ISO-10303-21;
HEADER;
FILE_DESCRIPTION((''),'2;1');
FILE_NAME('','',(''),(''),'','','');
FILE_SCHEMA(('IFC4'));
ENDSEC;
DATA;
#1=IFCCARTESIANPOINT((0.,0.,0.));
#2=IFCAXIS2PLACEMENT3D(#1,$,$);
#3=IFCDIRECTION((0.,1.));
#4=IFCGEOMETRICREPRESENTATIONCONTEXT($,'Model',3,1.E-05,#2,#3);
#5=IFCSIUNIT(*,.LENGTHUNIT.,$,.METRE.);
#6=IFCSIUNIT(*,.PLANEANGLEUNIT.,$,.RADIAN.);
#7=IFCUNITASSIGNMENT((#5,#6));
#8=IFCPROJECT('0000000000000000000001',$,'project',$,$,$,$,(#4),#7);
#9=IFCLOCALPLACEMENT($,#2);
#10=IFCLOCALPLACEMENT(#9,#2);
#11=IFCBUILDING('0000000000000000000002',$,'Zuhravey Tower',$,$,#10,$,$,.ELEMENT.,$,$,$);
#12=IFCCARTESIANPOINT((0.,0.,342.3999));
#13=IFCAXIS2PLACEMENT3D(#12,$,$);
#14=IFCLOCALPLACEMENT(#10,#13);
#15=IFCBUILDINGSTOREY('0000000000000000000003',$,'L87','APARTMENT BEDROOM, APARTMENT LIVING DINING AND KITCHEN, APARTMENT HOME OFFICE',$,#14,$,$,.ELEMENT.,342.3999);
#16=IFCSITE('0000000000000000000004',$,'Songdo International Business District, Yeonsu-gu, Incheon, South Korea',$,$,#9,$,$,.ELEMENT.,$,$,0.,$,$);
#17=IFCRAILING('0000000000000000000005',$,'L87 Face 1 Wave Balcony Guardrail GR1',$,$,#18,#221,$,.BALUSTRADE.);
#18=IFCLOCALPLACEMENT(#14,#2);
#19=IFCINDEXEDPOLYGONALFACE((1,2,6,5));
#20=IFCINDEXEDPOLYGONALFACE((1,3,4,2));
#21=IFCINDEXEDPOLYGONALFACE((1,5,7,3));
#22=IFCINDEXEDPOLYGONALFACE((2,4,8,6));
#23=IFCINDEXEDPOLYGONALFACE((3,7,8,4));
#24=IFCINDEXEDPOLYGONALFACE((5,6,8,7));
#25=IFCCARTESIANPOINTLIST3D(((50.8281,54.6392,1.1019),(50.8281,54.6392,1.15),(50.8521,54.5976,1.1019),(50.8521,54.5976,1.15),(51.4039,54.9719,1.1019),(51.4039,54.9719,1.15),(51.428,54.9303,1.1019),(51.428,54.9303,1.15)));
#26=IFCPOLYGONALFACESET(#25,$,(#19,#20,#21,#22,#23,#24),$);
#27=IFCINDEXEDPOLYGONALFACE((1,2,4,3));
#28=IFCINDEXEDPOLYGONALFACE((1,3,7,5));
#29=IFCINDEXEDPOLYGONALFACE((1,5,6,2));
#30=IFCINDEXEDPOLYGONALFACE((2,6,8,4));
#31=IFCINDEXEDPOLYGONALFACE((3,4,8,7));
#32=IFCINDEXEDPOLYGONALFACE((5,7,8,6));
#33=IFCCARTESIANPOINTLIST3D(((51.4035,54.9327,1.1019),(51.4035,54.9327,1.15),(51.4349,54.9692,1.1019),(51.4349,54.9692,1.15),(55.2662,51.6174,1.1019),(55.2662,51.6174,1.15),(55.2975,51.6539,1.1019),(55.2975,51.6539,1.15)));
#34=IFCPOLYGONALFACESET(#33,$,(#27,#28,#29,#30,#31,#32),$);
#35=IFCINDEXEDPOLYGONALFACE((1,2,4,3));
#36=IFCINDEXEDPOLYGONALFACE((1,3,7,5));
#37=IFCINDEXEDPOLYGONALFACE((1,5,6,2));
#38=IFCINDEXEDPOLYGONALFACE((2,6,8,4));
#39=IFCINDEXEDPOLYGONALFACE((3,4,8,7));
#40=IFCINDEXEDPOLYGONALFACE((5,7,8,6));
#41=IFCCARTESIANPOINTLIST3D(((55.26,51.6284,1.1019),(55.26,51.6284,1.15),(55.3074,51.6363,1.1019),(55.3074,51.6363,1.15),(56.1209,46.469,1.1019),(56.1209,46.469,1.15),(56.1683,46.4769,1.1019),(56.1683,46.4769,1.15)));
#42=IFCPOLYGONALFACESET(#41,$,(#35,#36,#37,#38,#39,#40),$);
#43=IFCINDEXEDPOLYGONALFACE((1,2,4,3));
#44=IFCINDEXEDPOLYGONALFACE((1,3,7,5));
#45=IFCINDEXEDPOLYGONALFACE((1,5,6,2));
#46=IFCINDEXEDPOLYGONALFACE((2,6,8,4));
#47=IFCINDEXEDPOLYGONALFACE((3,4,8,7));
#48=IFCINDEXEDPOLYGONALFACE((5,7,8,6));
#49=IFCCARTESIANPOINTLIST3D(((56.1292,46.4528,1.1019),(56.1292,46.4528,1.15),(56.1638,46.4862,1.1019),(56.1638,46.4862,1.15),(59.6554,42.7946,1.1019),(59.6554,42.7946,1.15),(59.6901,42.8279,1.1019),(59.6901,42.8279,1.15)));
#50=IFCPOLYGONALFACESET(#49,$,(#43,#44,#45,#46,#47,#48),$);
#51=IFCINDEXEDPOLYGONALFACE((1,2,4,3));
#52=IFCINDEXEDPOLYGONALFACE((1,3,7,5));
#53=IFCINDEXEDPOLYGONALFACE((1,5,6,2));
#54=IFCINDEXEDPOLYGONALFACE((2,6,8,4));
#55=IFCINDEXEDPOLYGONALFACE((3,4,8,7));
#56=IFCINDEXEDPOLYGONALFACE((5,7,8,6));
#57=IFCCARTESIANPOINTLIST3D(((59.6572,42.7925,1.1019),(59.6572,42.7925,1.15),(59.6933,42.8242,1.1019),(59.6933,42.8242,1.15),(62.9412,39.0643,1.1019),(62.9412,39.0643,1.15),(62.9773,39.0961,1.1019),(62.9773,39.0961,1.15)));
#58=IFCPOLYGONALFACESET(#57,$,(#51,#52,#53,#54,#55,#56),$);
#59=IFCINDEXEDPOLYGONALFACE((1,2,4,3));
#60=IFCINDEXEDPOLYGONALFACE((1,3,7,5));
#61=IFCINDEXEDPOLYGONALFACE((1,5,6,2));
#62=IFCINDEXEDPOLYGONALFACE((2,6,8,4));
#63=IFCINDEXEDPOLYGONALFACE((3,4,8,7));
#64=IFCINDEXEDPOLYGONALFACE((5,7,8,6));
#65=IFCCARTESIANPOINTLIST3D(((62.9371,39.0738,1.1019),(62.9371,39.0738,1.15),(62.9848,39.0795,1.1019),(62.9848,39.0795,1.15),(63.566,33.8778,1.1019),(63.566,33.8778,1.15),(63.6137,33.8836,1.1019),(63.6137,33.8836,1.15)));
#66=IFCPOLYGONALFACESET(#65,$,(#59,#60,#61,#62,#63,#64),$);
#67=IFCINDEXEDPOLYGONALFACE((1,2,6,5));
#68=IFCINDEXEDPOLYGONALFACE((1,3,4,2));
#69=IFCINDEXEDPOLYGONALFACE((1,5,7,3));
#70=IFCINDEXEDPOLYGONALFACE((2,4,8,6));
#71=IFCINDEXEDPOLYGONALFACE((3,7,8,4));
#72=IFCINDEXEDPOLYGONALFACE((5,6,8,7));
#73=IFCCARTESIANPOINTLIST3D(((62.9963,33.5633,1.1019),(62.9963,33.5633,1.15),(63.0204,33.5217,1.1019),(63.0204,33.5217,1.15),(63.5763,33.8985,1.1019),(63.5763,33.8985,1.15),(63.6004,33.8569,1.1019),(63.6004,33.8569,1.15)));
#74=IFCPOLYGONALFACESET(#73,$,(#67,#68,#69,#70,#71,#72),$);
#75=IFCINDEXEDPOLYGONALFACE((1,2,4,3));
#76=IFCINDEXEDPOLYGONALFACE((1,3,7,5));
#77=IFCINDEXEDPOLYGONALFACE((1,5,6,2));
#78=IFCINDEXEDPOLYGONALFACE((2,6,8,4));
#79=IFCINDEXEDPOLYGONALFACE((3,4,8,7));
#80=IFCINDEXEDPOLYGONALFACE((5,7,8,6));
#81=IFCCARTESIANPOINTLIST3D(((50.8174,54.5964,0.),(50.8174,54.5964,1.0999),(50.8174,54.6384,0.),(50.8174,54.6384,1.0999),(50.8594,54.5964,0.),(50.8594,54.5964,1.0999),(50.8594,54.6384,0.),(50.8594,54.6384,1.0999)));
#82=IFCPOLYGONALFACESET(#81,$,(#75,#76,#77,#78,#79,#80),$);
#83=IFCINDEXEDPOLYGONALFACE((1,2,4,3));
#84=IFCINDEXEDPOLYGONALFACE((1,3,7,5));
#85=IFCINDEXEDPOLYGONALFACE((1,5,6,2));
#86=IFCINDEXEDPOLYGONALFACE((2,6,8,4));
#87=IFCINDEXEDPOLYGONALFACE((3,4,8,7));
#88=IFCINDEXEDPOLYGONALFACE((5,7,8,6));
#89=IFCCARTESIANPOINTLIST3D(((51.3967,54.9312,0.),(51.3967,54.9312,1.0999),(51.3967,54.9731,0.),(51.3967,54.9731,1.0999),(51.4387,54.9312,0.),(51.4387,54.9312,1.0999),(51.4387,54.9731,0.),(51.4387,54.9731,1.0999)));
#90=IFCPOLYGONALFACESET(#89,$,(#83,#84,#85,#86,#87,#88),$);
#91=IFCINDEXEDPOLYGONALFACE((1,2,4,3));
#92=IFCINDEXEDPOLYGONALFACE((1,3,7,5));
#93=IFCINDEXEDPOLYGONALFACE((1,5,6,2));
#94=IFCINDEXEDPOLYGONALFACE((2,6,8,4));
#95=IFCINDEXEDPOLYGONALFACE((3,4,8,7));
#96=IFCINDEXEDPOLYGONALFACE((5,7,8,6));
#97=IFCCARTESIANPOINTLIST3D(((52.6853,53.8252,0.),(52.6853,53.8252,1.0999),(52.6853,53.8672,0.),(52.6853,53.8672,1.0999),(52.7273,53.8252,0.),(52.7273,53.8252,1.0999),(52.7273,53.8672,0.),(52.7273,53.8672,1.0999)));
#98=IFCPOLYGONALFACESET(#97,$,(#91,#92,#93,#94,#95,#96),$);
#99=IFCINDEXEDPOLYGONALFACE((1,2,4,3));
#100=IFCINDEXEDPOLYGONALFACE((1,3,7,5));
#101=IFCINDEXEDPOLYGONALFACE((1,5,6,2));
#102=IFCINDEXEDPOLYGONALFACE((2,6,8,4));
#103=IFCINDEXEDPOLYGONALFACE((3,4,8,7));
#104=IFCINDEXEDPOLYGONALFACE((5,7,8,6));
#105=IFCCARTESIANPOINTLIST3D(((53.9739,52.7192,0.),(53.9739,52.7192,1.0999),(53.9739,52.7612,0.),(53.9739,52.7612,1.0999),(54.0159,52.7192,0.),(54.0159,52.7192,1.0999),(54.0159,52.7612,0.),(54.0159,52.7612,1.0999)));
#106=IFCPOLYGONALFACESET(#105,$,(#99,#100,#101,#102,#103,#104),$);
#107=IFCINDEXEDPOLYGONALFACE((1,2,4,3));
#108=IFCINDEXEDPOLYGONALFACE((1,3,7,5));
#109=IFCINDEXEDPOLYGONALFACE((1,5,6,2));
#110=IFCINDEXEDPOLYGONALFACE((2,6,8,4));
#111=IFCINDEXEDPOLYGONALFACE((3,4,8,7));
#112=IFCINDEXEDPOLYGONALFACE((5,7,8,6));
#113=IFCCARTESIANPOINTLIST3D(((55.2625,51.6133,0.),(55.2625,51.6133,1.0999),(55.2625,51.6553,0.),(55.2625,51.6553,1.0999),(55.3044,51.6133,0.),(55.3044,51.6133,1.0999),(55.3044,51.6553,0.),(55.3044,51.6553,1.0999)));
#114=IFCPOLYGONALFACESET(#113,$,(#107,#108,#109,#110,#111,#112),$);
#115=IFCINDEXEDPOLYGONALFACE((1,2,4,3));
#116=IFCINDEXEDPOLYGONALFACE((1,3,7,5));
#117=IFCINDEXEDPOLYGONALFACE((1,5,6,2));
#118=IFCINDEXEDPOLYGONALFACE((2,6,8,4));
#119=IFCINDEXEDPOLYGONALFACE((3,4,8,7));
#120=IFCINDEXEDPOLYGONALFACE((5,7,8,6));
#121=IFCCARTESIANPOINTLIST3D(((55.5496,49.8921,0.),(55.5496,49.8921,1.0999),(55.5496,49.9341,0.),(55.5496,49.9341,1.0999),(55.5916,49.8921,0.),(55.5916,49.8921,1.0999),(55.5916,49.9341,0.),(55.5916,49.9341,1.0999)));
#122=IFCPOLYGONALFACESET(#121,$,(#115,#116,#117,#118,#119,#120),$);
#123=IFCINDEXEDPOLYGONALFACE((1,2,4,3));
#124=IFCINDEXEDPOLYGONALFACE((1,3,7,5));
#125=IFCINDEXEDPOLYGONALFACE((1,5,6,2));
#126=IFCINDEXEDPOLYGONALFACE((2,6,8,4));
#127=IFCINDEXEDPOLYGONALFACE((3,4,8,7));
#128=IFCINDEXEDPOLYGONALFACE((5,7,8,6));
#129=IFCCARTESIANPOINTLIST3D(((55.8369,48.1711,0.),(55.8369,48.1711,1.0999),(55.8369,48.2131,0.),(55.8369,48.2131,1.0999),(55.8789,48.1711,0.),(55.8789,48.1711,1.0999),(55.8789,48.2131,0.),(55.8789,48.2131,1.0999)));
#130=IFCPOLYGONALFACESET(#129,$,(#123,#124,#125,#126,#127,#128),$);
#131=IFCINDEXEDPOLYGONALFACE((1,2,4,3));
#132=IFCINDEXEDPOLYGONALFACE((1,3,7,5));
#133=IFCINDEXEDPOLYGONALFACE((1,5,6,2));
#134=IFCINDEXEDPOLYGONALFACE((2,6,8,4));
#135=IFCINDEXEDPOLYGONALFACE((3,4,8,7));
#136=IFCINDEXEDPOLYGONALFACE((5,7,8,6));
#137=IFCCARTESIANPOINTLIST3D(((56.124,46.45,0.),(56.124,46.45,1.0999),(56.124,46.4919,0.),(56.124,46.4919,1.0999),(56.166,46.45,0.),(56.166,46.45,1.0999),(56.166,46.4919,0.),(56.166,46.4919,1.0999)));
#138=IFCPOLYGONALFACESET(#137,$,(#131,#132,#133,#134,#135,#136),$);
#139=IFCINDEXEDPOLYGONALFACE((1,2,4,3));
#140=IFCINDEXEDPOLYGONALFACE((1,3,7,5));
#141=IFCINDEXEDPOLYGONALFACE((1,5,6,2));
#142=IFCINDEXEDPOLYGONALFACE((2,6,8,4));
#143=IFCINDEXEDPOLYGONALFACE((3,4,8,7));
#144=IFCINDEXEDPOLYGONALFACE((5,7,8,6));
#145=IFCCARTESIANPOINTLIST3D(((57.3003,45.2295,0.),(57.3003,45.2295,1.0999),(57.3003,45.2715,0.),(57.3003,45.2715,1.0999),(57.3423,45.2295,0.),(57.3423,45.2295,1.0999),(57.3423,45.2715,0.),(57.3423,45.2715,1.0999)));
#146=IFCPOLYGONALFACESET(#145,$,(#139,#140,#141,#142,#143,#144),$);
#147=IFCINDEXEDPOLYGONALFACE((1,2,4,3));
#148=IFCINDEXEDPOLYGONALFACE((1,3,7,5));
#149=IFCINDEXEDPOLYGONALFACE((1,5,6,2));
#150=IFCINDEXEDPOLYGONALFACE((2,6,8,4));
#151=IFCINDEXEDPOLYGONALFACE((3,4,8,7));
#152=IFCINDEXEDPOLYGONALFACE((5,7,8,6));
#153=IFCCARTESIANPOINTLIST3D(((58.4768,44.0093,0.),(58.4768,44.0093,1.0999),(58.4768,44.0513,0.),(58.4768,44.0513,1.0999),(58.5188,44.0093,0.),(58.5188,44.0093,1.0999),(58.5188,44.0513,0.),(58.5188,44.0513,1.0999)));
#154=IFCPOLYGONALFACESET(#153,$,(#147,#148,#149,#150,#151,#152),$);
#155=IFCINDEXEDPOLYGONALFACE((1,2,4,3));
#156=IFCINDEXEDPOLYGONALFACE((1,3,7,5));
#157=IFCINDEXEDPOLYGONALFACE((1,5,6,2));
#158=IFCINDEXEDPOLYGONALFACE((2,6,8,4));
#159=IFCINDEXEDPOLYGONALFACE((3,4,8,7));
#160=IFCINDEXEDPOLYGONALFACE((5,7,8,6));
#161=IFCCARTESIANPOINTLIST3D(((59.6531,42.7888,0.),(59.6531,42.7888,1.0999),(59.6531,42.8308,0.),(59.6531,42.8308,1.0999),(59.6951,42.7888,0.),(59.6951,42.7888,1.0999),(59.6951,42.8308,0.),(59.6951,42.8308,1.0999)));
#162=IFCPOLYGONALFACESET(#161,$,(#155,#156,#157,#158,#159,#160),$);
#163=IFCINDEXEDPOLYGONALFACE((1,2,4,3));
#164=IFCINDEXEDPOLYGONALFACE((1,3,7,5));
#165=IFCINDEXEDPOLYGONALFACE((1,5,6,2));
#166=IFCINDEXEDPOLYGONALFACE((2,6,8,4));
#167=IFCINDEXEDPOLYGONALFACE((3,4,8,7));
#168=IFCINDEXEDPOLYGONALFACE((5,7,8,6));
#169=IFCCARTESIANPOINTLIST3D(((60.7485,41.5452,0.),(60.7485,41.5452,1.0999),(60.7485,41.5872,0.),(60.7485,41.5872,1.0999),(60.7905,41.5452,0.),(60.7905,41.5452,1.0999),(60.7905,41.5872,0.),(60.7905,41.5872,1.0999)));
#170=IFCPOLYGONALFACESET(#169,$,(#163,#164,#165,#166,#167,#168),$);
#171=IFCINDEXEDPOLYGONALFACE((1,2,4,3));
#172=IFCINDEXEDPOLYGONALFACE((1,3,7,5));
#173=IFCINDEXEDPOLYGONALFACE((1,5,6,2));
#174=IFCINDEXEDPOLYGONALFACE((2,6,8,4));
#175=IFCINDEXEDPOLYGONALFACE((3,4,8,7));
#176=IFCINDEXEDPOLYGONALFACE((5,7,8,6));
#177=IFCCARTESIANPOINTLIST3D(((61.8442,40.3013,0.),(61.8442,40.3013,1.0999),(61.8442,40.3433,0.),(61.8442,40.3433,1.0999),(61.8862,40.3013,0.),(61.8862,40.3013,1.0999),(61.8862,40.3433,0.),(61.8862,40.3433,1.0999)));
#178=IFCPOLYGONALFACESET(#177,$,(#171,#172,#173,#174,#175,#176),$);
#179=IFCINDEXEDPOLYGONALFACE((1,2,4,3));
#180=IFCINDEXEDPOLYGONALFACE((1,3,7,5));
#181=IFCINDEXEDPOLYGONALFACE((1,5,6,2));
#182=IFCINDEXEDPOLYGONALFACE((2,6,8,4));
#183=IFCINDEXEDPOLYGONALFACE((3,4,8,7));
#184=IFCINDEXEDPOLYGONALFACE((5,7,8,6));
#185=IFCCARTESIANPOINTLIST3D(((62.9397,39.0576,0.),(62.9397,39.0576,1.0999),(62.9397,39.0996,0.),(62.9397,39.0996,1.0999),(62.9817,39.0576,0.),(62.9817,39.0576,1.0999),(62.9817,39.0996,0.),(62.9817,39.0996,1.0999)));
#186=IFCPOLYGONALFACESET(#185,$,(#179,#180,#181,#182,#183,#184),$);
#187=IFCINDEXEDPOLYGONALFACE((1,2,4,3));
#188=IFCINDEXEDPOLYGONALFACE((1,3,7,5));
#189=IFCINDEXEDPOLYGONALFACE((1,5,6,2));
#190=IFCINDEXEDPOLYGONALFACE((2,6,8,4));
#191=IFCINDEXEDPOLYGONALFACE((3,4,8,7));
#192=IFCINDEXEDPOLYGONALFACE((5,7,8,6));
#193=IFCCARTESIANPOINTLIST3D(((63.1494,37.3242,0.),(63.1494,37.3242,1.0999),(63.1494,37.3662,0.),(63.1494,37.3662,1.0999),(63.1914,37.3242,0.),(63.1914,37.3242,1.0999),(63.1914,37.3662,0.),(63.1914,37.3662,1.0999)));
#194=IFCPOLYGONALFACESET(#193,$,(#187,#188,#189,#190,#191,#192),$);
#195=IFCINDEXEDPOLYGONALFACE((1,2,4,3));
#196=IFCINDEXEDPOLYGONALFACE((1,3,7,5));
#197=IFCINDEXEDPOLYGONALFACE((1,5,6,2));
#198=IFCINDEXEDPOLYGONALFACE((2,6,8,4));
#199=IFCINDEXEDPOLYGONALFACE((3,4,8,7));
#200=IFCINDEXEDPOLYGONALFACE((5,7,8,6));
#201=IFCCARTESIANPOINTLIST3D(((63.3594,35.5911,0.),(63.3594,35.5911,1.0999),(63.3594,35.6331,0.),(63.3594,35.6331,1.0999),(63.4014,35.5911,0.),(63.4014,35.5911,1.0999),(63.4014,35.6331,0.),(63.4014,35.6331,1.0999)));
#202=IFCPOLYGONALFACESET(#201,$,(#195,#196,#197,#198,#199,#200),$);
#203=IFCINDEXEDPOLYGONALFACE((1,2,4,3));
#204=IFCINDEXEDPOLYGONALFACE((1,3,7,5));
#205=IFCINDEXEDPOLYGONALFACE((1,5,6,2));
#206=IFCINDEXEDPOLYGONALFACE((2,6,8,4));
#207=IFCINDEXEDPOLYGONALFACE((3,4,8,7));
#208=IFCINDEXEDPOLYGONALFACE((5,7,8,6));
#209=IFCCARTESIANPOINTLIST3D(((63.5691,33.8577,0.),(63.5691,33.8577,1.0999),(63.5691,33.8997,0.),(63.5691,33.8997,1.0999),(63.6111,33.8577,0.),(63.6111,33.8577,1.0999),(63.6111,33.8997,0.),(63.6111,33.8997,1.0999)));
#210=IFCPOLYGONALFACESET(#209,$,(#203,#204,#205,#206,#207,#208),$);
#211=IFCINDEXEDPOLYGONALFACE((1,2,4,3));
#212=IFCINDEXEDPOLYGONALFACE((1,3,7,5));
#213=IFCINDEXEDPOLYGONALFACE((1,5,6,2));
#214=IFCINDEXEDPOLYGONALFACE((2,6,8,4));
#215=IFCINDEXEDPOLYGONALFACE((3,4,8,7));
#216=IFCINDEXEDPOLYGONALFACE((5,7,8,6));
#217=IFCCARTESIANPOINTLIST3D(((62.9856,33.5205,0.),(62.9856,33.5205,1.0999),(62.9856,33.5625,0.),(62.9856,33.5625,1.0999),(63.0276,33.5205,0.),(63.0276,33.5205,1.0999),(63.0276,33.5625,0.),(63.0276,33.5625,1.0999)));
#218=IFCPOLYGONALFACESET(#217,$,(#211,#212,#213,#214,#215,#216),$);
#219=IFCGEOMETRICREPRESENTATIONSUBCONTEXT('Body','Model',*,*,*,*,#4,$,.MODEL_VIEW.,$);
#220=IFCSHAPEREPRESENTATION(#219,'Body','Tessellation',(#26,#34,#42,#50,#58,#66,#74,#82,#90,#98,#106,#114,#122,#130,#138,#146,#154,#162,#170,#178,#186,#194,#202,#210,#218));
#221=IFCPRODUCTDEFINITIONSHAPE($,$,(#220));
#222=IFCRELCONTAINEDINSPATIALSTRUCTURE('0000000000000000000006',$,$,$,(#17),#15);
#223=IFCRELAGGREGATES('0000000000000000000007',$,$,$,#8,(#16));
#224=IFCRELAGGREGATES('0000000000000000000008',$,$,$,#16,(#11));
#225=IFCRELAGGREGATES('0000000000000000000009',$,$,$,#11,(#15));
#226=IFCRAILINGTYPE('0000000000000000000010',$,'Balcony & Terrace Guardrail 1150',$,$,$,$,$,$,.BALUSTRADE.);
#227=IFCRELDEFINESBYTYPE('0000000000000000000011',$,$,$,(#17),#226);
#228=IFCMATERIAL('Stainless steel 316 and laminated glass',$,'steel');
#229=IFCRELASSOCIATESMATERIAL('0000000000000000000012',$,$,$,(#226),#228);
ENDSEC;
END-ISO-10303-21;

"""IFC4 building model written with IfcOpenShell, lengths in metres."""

from ifc_helpers import new_model, si_unit, direction, frame, origin, origin_2d, place, context, subcontext, project, spatial, rectangle, extrude, material, type_object, element, save


model = new_model("IFC4")

# Units and contexts
model_context = context("Model", 3, precision=1e-05, world=origin(), true_north=direction((0.0, 1.0)))
body_context = subcontext(model_context, "Body", "Model", "MODEL_VIEW")
ifc_project = project(units=[si_unit("LENGTHUNIT", "METRE"), si_unit("PLANEANGLEUNIT", "RADIAN")], contexts=[model_context])

# Site, building, storey
site_placement = place(None, origin())
site = spatial("IfcSite", under=ifc_project, at=site_placement, Name="Songdo International Business District, Yeonsu-gu, Incheon, South Korea", CompositionType="ELEMENT", RefElevation=0.0)
building_placement = place(site_placement, origin())
building = spatial("IfcBuilding", under=site, at=building_placement, Name="Zuhravey Tower", CompositionType="ELEMENT")
storey_placement = place(building_placement, frame((0.0, 0.0, 342.3999)))
storey = spatial("IfcBuildingStorey", under=building, at=storey_placement, Name="L87", Description="APARTMENT BEDROOM, APARTMENT LIVING DINING AND KITCHEN, APARTMENT HOME OFFICE", CompositionType="ELEMENT", Elevation=342.3999)

# Railing
ifc_material_1 = material(Name="Stainless steel 316 and laminated glass", Category="steel")
railing_type = type_object("IfcRailingType", Name="Balcony & Terrace Guardrail 1150", PredefinedType="BALUSTRADE", material=ifc_material_1)
railing_placement = place(storey_placement, frame((50.8384, 54.6174, 0.0)))
element("IfcRailing", 1, at=railing_placement, inside=storey, type_object=railing_type, Name="L87 Face 1 Wave Balcony Guardrail GR1", PredefinedType="BALUSTRADE", context=body_context, shape_type="SweptSolid", body=[
    extrude(rectangle(XDim=0.0481, YDim=0.0481, at=origin_2d()), frame((0.0017, 0.001, 1.126), z_axis=(0.865876, 0.500259, 0.0), x_axis=(-0.500259, 0.865876, 0.0)), (0.0, 0.0, 1.0), 0.665),
    extrude(rectangle(XDim=0.0481, YDim=0.0481, at=origin_2d()), frame((0.5808, 0.3335, 1.126), z_axis=(0.75883, -0.651289, 0.0), x_axis=(0.651289, 0.75883, 0.0)), (0.0, 0.0, 1.0), 5.0903),
    extrude(rectangle(XDim=0.0481, YDim=0.0481, at=origin_2d()), frame((4.4453, -2.9851, 1.126), z_axis=(0.164588, -0.986362, 0.0), x_axis=(0.986362, 0.164588, 0.0)), (0.0, 0.0, 1.0), 5.2307),
    extrude(rectangle(XDim=0.0481, YDim=0.0481, at=origin_2d()), frame((5.3081, -8.1479, 1.126), z_axis=(0.694001, -0.719975, 0.0), x_axis=(0.719975, 0.694001, 0.0)), (0.0, 0.0, 1.0), 5.0811),
    extrude(rectangle(XDim=0.0481, YDim=0.0481, at=origin_2d()), frame((8.8369, -11.8091, 1.126), z_axis=(0.660986, -0.750398, 0.0), x_axis=(0.750398, 0.660986, 0.0)), (0.0, 0.0, 1.0), 4.9683),
    extrude(rectangle(XDim=0.0481, YDim=0.0481, at=origin_2d()), frame((12.1226, -15.5408, 1.126), z_axis=(0.120162, -0.992754, 0.0), x_axis=(0.992754, 0.120162, 0.0)), (0.0, 0.0, 1.0), 5.2339),
    extrude(rectangle(XDim=0.0481, YDim=0.0481, at=origin_2d()), frame((12.75, -20.7397, 1.126), z_axis=(-0.865848, -0.500308, 0.0), x_axis=(0.500308, -0.865848, 0.0)), (0.0, 0.0, 1.0), 0.6699),
    extrude(rectangle(XDim=0.042, YDim=0.042, at=origin_2d()), origin(), (0.0, 0.0, 1.0), 1.0999),
    extrude(rectangle(XDim=0.042, YDim=0.042, at=origin_2d()), frame((0.5793, 0.3347, 0.0)), (0.0, 0.0, 1.0), 1.0999),
    extrude(rectangle(XDim=0.042, YDim=0.042, at=origin_2d()), frame((1.8679, -0.7712, 0.0)), (0.0, 0.0, 1.0), 1.0999),
    extrude(rectangle(XDim=0.042, YDim=0.042, at=origin_2d()), frame((3.1565, -1.8772, 0.0)), (0.0, 0.0, 1.0), 1.0999),
    extrude(rectangle(XDim=0.042, YDim=0.042, at=origin_2d()), frame((4.4451, -2.9832, 0.0)), (0.0, 0.0, 1.0), 1.0999),
    extrude(rectangle(XDim=0.042, YDim=0.042, at=origin_2d()), frame((4.7322, -4.7043, 0.0)), (0.0, 0.0, 1.0), 1.0999),
    extrude(rectangle(XDim=0.042, YDim=0.042, at=origin_2d()), frame((5.0195, -6.4253, 0.0)), (0.0, 0.0, 1.0), 1.0999),
    extrude(rectangle(XDim=0.042, YDim=0.042, at=origin_2d()), frame((5.3066, -8.1465, 0.0)), (0.0, 0.0, 1.0), 1.0999),
    extrude(rectangle(XDim=0.042, YDim=0.042, at=origin_2d()), frame((6.4829, -9.3669, 0.0)), (0.0, 0.0, 1.0), 1.0999),
    extrude(rectangle(XDim=0.042, YDim=0.042, at=origin_2d()), frame((7.6594, -10.5872, 0.0)), (0.0, 0.0, 1.0), 1.0999),
    extrude(rectangle(XDim=0.042, YDim=0.042, at=origin_2d()), frame((8.8357, -11.8076, 0.0)), (0.0, 0.0, 1.0), 1.0999),
    extrude(rectangle(XDim=0.042, YDim=0.042, at=origin_2d()), frame((9.9312, -13.0513, 0.0)), (0.0, 0.0, 1.0), 1.0999),
    extrude(rectangle(XDim=0.042, YDim=0.042, at=origin_2d()), frame((11.0269, -14.2952, 0.0)), (0.0, 0.0, 1.0), 1.0999),
    extrude(rectangle(XDim=0.042, YDim=0.042, at=origin_2d()), frame((12.1223, -15.5388, 0.0)), (0.0, 0.0, 1.0), 1.0999),
    extrude(rectangle(XDim=0.042, YDim=0.042, at=origin_2d()), frame((12.332, -17.2722, 0.0)), (0.0, 0.0, 1.0), 1.0999),
    extrude(rectangle(XDim=0.042, YDim=0.042, at=origin_2d()), frame((12.542, -19.0054, 0.0)), (0.0, 0.0, 1.0), 1.0999),
    extrude(rectangle(XDim=0.042, YDim=0.042, at=origin_2d()), frame((12.7517, -20.7388, 0.0)), (0.0, 0.0, 1.0), 1.0999),
    extrude(rectangle(XDim=0.042, YDim=0.042, at=origin_2d()), frame((12.1682, -21.0759, 0.0)), (0.0, 0.0, 1.0), 1.0999),
])

save(model, "model.ifc")
